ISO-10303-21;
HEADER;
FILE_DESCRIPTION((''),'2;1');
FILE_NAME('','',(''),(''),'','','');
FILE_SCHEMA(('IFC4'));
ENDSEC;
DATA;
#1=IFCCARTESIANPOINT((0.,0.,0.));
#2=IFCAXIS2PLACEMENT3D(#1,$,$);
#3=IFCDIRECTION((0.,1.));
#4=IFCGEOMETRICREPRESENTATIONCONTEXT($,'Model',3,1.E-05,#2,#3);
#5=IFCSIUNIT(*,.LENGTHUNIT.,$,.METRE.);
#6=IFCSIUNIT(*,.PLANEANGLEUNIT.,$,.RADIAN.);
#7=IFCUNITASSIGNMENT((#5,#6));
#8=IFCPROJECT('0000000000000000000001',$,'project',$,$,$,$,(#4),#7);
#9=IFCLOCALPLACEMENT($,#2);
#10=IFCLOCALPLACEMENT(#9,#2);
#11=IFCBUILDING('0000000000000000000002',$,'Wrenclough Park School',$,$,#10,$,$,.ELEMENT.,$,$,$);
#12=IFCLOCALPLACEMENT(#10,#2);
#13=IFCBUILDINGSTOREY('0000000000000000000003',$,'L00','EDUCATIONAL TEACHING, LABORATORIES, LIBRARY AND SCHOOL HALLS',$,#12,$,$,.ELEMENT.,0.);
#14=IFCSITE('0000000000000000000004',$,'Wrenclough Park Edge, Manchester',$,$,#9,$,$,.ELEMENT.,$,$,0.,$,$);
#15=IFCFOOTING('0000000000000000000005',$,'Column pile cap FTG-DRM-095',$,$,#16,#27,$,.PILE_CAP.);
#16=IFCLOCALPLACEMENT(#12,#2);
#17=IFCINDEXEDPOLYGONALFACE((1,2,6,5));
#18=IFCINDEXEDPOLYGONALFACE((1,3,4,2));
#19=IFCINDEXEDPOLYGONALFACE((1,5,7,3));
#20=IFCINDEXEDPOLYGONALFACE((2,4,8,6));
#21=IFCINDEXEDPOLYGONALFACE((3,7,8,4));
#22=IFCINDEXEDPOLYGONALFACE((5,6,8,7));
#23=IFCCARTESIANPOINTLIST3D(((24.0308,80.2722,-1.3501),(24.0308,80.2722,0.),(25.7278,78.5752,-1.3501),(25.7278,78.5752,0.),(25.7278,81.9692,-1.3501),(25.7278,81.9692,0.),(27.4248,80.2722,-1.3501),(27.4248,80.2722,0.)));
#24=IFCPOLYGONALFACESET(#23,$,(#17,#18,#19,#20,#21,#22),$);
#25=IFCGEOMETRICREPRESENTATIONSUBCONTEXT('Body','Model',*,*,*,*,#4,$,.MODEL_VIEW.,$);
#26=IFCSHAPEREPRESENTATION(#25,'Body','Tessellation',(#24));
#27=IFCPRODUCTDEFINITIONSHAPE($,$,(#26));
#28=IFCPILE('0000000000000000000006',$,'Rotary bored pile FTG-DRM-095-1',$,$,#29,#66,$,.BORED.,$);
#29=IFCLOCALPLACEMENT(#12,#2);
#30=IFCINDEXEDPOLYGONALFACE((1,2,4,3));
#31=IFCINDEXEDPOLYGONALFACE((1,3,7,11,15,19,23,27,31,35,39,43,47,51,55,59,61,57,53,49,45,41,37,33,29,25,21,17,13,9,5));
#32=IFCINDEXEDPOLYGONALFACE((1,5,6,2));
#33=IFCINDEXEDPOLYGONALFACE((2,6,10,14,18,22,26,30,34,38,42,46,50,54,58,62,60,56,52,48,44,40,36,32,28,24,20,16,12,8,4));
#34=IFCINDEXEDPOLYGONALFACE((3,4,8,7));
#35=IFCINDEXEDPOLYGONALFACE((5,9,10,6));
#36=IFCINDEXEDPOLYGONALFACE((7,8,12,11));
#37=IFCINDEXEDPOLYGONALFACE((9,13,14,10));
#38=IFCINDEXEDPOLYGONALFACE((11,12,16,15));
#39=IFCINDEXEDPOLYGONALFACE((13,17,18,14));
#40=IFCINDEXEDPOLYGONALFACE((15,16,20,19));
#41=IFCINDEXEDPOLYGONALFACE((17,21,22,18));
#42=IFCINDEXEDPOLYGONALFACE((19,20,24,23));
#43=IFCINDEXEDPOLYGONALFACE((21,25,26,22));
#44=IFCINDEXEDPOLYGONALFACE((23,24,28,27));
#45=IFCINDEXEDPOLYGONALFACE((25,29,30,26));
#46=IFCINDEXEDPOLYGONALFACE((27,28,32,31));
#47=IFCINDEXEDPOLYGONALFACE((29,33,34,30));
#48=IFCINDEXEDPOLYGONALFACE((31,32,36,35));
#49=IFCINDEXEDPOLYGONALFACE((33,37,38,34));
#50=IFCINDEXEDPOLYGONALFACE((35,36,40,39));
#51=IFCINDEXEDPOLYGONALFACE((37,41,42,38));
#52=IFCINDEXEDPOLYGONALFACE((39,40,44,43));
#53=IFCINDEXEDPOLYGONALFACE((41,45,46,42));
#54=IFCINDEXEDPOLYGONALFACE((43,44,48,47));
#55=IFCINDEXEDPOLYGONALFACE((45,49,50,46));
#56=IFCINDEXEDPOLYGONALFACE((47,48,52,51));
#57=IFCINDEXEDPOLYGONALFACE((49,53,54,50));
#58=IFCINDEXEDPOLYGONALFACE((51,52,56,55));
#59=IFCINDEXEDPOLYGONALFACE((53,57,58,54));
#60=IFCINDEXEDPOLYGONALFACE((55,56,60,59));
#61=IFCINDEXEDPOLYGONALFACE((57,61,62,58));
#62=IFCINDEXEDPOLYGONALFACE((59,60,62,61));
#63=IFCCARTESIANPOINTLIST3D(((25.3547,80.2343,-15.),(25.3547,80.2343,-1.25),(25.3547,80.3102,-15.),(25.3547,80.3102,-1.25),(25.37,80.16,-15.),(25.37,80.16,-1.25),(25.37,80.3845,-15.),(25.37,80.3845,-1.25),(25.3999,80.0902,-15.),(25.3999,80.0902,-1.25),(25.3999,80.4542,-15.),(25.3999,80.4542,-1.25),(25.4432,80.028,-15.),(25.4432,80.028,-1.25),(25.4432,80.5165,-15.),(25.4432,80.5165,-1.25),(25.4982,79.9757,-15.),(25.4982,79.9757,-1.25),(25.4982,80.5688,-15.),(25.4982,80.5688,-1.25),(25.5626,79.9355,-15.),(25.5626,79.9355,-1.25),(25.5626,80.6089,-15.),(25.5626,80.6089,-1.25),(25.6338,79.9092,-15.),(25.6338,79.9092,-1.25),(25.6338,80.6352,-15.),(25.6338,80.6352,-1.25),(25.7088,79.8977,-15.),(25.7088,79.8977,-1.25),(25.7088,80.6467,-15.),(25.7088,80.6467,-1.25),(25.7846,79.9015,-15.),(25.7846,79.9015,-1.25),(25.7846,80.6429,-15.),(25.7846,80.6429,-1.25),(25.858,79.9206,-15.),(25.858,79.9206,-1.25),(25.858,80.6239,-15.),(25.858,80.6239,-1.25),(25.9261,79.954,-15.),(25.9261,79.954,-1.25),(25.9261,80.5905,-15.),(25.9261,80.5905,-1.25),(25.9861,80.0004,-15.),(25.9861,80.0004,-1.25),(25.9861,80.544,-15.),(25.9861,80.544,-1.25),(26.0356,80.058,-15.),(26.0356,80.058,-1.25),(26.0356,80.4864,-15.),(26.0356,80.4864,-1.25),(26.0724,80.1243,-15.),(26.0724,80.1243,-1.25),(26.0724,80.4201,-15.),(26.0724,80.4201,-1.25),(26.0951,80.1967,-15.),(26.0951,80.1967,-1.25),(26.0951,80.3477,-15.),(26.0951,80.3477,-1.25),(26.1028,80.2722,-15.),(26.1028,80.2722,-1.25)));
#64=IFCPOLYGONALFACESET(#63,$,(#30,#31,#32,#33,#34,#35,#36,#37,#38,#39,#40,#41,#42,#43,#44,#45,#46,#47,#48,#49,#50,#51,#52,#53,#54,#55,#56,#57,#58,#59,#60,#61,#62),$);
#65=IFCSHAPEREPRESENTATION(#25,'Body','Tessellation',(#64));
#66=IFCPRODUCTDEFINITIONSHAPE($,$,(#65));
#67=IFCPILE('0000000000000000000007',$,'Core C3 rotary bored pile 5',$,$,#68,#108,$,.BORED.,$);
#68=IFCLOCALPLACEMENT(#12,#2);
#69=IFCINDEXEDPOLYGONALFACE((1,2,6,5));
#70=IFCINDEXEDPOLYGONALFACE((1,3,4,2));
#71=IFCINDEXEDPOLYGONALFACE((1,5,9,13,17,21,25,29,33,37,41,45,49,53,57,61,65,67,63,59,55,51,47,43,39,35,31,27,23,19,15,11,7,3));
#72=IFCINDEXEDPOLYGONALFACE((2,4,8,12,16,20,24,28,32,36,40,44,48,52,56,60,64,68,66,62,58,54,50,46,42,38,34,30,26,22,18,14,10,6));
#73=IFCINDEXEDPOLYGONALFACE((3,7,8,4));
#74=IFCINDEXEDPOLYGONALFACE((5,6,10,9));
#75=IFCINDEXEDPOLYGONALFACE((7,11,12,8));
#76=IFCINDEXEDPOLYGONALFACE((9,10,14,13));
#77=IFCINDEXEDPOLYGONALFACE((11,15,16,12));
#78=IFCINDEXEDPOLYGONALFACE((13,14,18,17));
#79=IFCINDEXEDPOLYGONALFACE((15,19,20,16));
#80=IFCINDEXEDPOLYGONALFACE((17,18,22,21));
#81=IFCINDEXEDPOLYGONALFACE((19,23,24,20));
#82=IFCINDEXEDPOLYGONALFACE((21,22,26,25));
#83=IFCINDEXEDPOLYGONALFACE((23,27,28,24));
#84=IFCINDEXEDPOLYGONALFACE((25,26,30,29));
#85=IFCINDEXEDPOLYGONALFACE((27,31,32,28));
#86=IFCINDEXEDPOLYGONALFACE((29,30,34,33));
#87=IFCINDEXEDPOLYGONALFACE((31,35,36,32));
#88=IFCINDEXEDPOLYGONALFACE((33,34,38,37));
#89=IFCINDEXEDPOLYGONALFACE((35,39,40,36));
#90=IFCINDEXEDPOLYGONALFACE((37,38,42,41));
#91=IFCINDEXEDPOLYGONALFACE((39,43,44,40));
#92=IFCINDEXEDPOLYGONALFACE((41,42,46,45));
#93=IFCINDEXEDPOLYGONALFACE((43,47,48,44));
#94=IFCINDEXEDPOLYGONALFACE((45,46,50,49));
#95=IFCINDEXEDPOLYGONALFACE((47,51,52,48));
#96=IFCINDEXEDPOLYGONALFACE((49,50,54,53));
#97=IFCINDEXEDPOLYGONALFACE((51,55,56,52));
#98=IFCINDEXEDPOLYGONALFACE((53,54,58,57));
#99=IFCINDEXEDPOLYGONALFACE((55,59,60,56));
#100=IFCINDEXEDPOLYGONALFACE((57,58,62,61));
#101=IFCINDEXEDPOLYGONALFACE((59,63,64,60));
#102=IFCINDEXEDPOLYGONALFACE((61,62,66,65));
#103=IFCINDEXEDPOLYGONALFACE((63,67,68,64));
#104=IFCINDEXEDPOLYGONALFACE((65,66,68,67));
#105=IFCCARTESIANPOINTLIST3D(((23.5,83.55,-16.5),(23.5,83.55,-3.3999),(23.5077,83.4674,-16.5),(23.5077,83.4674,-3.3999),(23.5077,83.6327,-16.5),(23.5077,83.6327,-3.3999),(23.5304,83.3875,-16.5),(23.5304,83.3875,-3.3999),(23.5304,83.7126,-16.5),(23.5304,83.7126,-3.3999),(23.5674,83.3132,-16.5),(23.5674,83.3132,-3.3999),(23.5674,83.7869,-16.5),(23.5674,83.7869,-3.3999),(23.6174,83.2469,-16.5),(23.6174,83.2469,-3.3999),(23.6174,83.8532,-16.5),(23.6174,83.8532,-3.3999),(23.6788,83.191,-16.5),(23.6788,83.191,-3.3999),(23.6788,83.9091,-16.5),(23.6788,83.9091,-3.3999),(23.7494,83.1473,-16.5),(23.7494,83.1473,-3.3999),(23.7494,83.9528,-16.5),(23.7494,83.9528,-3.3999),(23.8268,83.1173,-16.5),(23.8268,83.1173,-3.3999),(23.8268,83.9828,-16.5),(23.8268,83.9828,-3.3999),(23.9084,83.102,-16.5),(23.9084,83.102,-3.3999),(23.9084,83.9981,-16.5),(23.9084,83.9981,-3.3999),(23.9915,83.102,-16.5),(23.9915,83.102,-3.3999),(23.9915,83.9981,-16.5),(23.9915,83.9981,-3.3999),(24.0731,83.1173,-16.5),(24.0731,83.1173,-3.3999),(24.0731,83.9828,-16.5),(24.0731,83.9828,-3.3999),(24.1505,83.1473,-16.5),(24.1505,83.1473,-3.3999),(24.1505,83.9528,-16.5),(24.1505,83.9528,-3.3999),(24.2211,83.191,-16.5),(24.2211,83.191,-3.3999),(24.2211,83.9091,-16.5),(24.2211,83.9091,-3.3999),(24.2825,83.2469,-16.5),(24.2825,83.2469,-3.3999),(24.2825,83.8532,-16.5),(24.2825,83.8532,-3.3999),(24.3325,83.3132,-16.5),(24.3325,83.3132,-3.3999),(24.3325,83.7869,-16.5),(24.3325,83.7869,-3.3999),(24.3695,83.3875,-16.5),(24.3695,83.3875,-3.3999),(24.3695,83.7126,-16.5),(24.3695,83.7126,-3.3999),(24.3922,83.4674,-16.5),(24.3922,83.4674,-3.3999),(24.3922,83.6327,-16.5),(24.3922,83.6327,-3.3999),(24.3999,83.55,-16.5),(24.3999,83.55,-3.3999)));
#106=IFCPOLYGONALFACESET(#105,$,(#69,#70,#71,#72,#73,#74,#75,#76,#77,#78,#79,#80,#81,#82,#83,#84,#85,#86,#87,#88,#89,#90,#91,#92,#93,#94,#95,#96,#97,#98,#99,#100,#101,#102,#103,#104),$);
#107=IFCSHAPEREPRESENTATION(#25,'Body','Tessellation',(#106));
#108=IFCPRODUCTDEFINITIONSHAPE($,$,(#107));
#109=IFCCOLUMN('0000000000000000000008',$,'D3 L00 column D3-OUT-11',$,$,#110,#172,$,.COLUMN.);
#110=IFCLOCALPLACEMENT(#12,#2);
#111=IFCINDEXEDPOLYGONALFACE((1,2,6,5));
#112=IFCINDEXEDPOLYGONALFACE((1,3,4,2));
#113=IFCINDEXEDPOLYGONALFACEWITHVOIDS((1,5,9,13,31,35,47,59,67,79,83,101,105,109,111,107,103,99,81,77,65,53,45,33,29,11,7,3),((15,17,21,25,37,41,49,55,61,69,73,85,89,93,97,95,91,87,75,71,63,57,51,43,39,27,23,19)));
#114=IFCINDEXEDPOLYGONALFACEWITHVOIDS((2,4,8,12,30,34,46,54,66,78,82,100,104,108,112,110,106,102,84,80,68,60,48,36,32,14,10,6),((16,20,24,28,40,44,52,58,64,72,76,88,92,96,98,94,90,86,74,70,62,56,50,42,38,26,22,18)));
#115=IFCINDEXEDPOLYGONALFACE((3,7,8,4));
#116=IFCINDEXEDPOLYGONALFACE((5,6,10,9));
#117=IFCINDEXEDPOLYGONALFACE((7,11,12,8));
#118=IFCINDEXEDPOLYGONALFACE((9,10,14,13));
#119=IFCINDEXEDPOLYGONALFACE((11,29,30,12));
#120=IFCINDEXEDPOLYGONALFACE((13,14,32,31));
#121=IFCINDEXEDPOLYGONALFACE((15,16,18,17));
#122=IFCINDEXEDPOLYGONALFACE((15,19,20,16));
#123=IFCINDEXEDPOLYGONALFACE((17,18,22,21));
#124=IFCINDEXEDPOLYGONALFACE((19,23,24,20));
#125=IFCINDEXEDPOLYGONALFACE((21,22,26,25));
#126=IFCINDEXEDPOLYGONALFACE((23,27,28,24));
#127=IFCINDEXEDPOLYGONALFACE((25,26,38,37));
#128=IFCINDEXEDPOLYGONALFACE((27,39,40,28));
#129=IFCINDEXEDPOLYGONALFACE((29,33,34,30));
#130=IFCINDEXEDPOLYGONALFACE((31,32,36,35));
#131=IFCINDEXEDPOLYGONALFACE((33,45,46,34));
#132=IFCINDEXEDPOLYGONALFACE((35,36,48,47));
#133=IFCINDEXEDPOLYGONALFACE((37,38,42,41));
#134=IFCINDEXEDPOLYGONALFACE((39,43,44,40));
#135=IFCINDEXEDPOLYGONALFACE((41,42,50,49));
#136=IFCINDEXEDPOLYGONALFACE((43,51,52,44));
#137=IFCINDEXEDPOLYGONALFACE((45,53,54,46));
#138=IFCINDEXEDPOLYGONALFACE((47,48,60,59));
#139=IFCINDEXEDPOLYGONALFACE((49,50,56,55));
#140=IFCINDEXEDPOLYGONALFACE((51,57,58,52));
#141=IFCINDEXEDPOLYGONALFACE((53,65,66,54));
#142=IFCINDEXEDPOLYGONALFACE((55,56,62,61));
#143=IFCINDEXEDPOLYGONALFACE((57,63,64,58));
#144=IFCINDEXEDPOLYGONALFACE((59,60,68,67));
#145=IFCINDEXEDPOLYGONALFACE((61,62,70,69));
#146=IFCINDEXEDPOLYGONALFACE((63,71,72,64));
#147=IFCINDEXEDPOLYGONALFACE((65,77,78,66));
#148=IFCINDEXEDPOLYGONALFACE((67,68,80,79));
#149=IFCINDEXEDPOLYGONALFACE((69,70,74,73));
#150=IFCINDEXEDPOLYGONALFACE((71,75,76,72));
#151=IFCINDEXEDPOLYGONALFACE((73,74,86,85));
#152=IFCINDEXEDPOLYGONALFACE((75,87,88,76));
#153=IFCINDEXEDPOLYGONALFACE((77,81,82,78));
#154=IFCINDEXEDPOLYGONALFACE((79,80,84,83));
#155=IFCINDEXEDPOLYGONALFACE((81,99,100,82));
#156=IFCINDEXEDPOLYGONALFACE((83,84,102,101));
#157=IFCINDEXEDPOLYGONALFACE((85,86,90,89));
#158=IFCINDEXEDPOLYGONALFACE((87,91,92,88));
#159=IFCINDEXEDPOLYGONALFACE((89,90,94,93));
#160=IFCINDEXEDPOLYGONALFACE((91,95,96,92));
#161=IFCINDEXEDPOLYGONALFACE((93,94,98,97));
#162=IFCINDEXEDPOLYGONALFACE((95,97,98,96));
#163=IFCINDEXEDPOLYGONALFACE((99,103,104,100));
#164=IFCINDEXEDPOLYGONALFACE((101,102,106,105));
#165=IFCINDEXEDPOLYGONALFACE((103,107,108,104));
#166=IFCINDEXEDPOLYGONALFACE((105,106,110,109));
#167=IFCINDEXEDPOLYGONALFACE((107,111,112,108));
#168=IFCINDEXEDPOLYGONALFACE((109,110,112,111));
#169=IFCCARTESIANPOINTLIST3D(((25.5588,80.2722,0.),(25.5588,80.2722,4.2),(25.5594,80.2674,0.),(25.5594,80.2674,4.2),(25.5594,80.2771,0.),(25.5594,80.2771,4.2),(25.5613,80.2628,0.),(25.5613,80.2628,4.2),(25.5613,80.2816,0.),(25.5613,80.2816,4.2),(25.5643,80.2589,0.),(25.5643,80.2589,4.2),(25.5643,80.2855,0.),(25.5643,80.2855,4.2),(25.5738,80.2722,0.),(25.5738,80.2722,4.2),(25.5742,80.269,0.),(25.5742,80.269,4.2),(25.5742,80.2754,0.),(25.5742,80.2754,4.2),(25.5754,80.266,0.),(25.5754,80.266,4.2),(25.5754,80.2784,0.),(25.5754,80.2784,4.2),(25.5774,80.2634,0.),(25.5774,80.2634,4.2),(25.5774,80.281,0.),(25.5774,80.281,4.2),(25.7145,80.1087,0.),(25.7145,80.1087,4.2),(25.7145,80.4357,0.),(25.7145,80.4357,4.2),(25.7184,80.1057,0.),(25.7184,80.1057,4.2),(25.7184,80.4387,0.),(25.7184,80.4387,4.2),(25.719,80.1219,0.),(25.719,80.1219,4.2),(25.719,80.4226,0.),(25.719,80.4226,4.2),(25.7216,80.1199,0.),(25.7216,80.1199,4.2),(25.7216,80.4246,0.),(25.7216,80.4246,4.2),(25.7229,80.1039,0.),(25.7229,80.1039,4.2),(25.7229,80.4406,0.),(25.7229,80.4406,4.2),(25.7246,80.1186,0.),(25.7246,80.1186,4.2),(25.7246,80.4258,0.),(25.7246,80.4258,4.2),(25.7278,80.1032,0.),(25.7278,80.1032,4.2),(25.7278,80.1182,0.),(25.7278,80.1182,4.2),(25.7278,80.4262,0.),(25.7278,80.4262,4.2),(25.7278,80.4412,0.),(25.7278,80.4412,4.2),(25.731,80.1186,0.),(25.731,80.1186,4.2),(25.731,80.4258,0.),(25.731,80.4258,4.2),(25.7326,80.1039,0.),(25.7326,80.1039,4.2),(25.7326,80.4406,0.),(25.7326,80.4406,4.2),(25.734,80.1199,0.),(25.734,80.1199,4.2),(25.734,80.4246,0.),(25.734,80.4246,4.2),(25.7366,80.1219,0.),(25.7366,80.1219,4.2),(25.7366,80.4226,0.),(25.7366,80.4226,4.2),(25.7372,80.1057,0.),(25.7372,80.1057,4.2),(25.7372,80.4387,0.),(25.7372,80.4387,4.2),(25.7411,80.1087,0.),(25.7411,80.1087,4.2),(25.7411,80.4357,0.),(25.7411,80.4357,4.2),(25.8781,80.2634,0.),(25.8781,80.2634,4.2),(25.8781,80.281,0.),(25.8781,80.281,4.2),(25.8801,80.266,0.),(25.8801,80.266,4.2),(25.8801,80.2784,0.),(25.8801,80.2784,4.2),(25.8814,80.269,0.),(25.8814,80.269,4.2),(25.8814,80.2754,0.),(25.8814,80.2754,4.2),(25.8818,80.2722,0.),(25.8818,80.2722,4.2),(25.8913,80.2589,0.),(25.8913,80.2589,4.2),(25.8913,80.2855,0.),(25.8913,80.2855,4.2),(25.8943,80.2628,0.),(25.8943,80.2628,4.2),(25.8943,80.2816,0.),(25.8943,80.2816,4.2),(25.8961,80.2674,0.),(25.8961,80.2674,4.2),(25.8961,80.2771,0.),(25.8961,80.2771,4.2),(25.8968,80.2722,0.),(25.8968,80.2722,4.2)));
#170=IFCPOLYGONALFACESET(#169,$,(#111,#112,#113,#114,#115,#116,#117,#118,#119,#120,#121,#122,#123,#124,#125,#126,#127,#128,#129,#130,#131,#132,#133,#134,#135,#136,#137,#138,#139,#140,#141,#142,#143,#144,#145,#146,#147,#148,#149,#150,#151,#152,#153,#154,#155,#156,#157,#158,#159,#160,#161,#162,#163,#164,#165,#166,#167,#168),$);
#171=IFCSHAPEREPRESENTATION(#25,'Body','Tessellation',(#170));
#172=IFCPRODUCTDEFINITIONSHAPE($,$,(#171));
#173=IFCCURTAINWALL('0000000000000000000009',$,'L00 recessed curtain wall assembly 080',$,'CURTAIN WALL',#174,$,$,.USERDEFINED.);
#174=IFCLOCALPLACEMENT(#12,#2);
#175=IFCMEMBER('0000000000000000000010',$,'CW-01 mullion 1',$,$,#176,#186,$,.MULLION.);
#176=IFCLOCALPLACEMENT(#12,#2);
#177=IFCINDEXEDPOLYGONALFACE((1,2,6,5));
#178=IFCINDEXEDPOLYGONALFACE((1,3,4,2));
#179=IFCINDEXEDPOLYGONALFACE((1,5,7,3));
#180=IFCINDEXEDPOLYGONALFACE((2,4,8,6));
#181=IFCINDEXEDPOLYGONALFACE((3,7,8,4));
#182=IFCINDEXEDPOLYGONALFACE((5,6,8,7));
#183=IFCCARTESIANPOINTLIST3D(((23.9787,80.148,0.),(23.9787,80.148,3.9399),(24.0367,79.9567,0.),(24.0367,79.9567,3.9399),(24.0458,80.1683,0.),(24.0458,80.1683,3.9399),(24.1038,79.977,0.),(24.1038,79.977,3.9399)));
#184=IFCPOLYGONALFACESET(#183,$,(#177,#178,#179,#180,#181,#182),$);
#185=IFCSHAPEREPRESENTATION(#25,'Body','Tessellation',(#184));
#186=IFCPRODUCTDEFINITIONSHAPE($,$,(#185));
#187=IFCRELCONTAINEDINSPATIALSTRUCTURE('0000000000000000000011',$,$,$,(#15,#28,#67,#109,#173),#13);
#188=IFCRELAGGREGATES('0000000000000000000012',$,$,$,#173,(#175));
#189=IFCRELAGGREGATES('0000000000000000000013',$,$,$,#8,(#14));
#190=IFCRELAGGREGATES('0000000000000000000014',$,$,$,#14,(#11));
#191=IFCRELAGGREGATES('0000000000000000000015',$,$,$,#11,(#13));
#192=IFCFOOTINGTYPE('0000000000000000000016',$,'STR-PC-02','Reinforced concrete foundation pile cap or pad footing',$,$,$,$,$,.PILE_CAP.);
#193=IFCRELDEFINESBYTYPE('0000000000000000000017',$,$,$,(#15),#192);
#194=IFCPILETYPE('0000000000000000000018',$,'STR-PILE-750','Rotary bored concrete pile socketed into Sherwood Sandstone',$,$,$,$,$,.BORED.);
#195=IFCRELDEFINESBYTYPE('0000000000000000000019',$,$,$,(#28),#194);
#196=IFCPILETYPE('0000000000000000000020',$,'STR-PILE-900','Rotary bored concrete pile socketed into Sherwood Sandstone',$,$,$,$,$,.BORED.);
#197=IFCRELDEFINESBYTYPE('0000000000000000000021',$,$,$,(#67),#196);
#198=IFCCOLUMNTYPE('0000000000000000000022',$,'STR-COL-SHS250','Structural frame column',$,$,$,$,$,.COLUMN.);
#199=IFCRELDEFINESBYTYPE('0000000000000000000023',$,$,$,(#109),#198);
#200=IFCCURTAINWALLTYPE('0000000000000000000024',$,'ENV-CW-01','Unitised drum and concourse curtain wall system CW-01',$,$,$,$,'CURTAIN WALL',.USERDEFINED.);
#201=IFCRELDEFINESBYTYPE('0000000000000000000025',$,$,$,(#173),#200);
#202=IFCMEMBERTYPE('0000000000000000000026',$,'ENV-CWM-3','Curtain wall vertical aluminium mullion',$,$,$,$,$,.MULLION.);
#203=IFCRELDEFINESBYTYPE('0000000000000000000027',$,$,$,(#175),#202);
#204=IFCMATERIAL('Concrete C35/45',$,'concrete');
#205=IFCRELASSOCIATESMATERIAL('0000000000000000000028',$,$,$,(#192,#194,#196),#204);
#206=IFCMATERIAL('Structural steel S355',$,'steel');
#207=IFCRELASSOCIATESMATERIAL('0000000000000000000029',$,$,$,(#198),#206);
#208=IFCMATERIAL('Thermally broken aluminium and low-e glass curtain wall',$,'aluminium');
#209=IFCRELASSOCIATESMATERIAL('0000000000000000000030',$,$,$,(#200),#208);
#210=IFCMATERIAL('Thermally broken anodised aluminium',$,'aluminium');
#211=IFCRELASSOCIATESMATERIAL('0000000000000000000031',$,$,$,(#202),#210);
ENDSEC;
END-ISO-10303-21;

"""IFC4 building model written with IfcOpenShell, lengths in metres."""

from ifc_helpers import new_model, si_unit, direction, frame, origin, origin_2d, place, context, subcontext, project, spatial, rectangle, hollow_rectangle, circle, extrude, material, material_profile, profile_set, type_object, element, aggregate, save


model = new_model("IFC4")

# Units and contexts
model_context = context("Model", 3, precision=1e-05, world=origin(), true_north=direction((0.0, 1.0)))
body_context = subcontext(model_context, "Body", "Model", "MODEL_VIEW")
ifc_project = project(units=[si_unit("LENGTHUNIT", "METRE"), si_unit("PLANEANGLEUNIT", "RADIAN")], contexts=[model_context])

# Site, building, storey
site_placement = place(None, origin())
site = spatial("IfcSite", under=ifc_project, at=site_placement, Name="Wrenclough Park Edge, Manchester", CompositionType="ELEMENT", RefElevation=0.0)
building_placement = place(site_placement, origin())
building = spatial("IfcBuilding", under=site, at=building_placement, Name="Wrenclough Park School", CompositionType="ELEMENT")
storey_placement = place(building_placement, origin())
storey = spatial("IfcBuildingStorey", under=building, at=storey_placement, Name="L00", Description="EDUCATIONAL TEACHING, LABORATORIES, LIBRARY AND SCHOOL HALLS", CompositionType="ELEMENT", Elevation=0.0)

# Footing
ifc_material_1 = material(Name="Concrete C35/45", Category="concrete")
footing_type = type_object("IfcFootingType", Name="STR-PC-02", Description="Reinforced concrete foundation pile cap or pad footing", PredefinedType="PILE_CAP", material=ifc_material_1)
footing_placement = place(storey_placement, frame((25.7278, 80.2722, -1.3501), z_axis=(0.0, 0.0, 1.0), x_axis=(0.707107, 0.707107, 0.0)))
element("IfcFooting", 1, at=footing_placement, inside=storey, type_object=footing_type, Name="Column pile cap FTG-DRM-095", PredefinedType="PILE_CAP", context=body_context, shape_type="SweptSolid", body=[
    extrude(rectangle(XDim=2.3999, YDim=2.3999, at=origin_2d()), origin(), (0.0, 0.0, 1.0), 1.3501),
])

# Piles
ifc_material_profile_1 = material_profile(ifc_material_1, circle(Radius=0.375, at=origin_2d()), Name="BORED PILE D750")
ifc_profile_set_1 = profile_set([ifc_material_profile_1], Name="Concrete C35/45")
pile_type_1 = type_object("IfcPileType", Name="STR-PILE-750", Description="Rotary bored concrete pile socketed into Sherwood Sandstone", PredefinedType="BORED", material=ifc_profile_set_1)
pile_1_placement = place(storey_placement, frame((25.7278, 80.2722, -1.25), z_axis=(0.0, 0.0, -1.0), x_axis=(1.0, 0.0, 0.0)))
element("IfcPile", 2, at=pile_1_placement, inside=storey, type_object=pile_type_1, Name="Rotary bored pile FTG-DRM-095-1", PredefinedType="BORED", context=body_context, shape_type="SweptSolid", body=[
    extrude(circle(Radius=0.375, at=origin_2d()), origin(), (0.0, 0.0, 1.0), 13.75),
])
ifc_material_profile_2 = material_profile(ifc_material_1, circle(Radius=0.45, at=origin_2d()), Name="BORED PILE D900")
ifc_profile_set_2 = profile_set([ifc_material_profile_2], Name="Concrete C35/45")
pile_type_2 = type_object("IfcPileType", Name="STR-PILE-900", Description="Rotary bored concrete pile socketed into Sherwood Sandstone", PredefinedType="BORED", material=ifc_profile_set_2)
pile_2_placement = place(storey_placement, frame((23.95, 83.55, -3.3999), z_axis=(0.0, 0.0, -1.0), x_axis=(1.0, 0.0, 0.0)))
element("IfcPile", 3, at=pile_2_placement, inside=storey, type_object=pile_type_2, Name="Core C3 rotary bored pile 5", PredefinedType="BORED", context=body_context, shape_type="SweptSolid", body=[
    extrude(circle(Radius=0.45, at=origin_2d()), origin(), (0.0, 0.0, 1.0), 13.1001),
])

# Column
ifc_material_2 = material(Name="Structural steel S355", Category="steel")
ifc_material_profile_3 = material_profile(ifc_material_2, hollow_rectangle(XDim=0.25, YDim=0.25, WallThickness=0.0125, InnerFilletRadius=0.0125, OuterFilletRadius=0.0188, at=origin_2d()), Name="SHS 250x250x12.5")
ifc_profile_set_3 = profile_set([ifc_material_profile_3], Name="Structural steel S355")
column_type = type_object("IfcColumnType", Name="STR-COL-SHS250", Description="Structural frame column", PredefinedType="COLUMN", material=ifc_profile_set_3)
column_placement = place(storey_placement, frame((25.7278, 80.2722, 0.0), z_axis=(0.0, 0.0, 1.0), x_axis=(0.707107, 0.707107, 0.0)))
element("IfcColumn", 4, at=column_placement, inside=storey, type_object=column_type, Name="D3 L00 column D3-OUT-11", PredefinedType="COLUMN", context=body_context, shape_type="SweptSolid", body=[
    extrude(hollow_rectangle(XDim=0.25, YDim=0.25, WallThickness=0.0125, InnerFilletRadius=0.0125, OuterFilletRadius=0.0188, at=origin_2d()), origin(), (0.0, 0.0, 1.0), 4.2),
])

# Curtain wall, member
ifc_material_3 = material(Name="Thermally broken aluminium and low-e glass curtain wall", Category="aluminium")
curtain_wall_type = type_object("IfcCurtainWallType", Name="ENV-CW-01", Description="Unitised drum and concourse curtain wall system CW-01", ElementType="CURTAIN WALL", PredefinedType="USERDEFINED", material=ifc_material_3)
curtain_wall_placement = place(storey_placement, origin())
curtain_wall = element("IfcCurtainWall", 5, at=curtain_wall_placement, inside=storey, type_object=curtain_wall_type, Name="L00 recessed curtain wall assembly 080", ObjectType="CURTAIN WALL", PredefinedType="USERDEFINED")
ifc_material_4 = material(Name="Thermally broken anodised aluminium", Category="aluminium")
ifc_material_profile_4 = material_profile(ifc_material_4, rectangle(XDim=0.0701, YDim=0.2, at=origin_2d()), Name="AL MULLION 70x200")
ifc_profile_set_4 = profile_set([ifc_material_profile_4], Name="Thermally broken anodised aluminium")
member_type_1 = type_object("IfcMemberType", Name="ENV-CWM-3", Description="Curtain wall vertical aluminium mullion", PredefinedType="MULLION", material=ifc_profile_set_4)
member_1_placement = place(storey_placement, frame((24.0413, 80.0625, 0.0), z_axis=(0.0, 0.0, 1.0), x_axis=(0.95703, 0.289989, 0.0)))
member_1 = element("IfcMember", 6, at=member_1_placement, type_object=member_type_1, Name="CW-01 mullion 1", PredefinedType="MULLION", context=body_context, shape_type="SweptSolid", body=[
    extrude(rectangle(XDim=0.0701, YDim=0.2, at=origin_2d()), origin(), (0.0, 0.0, 1.0), 3.9399),
])
aggregate(curtain_wall, [member_1])

save(model, "model.ifc")
